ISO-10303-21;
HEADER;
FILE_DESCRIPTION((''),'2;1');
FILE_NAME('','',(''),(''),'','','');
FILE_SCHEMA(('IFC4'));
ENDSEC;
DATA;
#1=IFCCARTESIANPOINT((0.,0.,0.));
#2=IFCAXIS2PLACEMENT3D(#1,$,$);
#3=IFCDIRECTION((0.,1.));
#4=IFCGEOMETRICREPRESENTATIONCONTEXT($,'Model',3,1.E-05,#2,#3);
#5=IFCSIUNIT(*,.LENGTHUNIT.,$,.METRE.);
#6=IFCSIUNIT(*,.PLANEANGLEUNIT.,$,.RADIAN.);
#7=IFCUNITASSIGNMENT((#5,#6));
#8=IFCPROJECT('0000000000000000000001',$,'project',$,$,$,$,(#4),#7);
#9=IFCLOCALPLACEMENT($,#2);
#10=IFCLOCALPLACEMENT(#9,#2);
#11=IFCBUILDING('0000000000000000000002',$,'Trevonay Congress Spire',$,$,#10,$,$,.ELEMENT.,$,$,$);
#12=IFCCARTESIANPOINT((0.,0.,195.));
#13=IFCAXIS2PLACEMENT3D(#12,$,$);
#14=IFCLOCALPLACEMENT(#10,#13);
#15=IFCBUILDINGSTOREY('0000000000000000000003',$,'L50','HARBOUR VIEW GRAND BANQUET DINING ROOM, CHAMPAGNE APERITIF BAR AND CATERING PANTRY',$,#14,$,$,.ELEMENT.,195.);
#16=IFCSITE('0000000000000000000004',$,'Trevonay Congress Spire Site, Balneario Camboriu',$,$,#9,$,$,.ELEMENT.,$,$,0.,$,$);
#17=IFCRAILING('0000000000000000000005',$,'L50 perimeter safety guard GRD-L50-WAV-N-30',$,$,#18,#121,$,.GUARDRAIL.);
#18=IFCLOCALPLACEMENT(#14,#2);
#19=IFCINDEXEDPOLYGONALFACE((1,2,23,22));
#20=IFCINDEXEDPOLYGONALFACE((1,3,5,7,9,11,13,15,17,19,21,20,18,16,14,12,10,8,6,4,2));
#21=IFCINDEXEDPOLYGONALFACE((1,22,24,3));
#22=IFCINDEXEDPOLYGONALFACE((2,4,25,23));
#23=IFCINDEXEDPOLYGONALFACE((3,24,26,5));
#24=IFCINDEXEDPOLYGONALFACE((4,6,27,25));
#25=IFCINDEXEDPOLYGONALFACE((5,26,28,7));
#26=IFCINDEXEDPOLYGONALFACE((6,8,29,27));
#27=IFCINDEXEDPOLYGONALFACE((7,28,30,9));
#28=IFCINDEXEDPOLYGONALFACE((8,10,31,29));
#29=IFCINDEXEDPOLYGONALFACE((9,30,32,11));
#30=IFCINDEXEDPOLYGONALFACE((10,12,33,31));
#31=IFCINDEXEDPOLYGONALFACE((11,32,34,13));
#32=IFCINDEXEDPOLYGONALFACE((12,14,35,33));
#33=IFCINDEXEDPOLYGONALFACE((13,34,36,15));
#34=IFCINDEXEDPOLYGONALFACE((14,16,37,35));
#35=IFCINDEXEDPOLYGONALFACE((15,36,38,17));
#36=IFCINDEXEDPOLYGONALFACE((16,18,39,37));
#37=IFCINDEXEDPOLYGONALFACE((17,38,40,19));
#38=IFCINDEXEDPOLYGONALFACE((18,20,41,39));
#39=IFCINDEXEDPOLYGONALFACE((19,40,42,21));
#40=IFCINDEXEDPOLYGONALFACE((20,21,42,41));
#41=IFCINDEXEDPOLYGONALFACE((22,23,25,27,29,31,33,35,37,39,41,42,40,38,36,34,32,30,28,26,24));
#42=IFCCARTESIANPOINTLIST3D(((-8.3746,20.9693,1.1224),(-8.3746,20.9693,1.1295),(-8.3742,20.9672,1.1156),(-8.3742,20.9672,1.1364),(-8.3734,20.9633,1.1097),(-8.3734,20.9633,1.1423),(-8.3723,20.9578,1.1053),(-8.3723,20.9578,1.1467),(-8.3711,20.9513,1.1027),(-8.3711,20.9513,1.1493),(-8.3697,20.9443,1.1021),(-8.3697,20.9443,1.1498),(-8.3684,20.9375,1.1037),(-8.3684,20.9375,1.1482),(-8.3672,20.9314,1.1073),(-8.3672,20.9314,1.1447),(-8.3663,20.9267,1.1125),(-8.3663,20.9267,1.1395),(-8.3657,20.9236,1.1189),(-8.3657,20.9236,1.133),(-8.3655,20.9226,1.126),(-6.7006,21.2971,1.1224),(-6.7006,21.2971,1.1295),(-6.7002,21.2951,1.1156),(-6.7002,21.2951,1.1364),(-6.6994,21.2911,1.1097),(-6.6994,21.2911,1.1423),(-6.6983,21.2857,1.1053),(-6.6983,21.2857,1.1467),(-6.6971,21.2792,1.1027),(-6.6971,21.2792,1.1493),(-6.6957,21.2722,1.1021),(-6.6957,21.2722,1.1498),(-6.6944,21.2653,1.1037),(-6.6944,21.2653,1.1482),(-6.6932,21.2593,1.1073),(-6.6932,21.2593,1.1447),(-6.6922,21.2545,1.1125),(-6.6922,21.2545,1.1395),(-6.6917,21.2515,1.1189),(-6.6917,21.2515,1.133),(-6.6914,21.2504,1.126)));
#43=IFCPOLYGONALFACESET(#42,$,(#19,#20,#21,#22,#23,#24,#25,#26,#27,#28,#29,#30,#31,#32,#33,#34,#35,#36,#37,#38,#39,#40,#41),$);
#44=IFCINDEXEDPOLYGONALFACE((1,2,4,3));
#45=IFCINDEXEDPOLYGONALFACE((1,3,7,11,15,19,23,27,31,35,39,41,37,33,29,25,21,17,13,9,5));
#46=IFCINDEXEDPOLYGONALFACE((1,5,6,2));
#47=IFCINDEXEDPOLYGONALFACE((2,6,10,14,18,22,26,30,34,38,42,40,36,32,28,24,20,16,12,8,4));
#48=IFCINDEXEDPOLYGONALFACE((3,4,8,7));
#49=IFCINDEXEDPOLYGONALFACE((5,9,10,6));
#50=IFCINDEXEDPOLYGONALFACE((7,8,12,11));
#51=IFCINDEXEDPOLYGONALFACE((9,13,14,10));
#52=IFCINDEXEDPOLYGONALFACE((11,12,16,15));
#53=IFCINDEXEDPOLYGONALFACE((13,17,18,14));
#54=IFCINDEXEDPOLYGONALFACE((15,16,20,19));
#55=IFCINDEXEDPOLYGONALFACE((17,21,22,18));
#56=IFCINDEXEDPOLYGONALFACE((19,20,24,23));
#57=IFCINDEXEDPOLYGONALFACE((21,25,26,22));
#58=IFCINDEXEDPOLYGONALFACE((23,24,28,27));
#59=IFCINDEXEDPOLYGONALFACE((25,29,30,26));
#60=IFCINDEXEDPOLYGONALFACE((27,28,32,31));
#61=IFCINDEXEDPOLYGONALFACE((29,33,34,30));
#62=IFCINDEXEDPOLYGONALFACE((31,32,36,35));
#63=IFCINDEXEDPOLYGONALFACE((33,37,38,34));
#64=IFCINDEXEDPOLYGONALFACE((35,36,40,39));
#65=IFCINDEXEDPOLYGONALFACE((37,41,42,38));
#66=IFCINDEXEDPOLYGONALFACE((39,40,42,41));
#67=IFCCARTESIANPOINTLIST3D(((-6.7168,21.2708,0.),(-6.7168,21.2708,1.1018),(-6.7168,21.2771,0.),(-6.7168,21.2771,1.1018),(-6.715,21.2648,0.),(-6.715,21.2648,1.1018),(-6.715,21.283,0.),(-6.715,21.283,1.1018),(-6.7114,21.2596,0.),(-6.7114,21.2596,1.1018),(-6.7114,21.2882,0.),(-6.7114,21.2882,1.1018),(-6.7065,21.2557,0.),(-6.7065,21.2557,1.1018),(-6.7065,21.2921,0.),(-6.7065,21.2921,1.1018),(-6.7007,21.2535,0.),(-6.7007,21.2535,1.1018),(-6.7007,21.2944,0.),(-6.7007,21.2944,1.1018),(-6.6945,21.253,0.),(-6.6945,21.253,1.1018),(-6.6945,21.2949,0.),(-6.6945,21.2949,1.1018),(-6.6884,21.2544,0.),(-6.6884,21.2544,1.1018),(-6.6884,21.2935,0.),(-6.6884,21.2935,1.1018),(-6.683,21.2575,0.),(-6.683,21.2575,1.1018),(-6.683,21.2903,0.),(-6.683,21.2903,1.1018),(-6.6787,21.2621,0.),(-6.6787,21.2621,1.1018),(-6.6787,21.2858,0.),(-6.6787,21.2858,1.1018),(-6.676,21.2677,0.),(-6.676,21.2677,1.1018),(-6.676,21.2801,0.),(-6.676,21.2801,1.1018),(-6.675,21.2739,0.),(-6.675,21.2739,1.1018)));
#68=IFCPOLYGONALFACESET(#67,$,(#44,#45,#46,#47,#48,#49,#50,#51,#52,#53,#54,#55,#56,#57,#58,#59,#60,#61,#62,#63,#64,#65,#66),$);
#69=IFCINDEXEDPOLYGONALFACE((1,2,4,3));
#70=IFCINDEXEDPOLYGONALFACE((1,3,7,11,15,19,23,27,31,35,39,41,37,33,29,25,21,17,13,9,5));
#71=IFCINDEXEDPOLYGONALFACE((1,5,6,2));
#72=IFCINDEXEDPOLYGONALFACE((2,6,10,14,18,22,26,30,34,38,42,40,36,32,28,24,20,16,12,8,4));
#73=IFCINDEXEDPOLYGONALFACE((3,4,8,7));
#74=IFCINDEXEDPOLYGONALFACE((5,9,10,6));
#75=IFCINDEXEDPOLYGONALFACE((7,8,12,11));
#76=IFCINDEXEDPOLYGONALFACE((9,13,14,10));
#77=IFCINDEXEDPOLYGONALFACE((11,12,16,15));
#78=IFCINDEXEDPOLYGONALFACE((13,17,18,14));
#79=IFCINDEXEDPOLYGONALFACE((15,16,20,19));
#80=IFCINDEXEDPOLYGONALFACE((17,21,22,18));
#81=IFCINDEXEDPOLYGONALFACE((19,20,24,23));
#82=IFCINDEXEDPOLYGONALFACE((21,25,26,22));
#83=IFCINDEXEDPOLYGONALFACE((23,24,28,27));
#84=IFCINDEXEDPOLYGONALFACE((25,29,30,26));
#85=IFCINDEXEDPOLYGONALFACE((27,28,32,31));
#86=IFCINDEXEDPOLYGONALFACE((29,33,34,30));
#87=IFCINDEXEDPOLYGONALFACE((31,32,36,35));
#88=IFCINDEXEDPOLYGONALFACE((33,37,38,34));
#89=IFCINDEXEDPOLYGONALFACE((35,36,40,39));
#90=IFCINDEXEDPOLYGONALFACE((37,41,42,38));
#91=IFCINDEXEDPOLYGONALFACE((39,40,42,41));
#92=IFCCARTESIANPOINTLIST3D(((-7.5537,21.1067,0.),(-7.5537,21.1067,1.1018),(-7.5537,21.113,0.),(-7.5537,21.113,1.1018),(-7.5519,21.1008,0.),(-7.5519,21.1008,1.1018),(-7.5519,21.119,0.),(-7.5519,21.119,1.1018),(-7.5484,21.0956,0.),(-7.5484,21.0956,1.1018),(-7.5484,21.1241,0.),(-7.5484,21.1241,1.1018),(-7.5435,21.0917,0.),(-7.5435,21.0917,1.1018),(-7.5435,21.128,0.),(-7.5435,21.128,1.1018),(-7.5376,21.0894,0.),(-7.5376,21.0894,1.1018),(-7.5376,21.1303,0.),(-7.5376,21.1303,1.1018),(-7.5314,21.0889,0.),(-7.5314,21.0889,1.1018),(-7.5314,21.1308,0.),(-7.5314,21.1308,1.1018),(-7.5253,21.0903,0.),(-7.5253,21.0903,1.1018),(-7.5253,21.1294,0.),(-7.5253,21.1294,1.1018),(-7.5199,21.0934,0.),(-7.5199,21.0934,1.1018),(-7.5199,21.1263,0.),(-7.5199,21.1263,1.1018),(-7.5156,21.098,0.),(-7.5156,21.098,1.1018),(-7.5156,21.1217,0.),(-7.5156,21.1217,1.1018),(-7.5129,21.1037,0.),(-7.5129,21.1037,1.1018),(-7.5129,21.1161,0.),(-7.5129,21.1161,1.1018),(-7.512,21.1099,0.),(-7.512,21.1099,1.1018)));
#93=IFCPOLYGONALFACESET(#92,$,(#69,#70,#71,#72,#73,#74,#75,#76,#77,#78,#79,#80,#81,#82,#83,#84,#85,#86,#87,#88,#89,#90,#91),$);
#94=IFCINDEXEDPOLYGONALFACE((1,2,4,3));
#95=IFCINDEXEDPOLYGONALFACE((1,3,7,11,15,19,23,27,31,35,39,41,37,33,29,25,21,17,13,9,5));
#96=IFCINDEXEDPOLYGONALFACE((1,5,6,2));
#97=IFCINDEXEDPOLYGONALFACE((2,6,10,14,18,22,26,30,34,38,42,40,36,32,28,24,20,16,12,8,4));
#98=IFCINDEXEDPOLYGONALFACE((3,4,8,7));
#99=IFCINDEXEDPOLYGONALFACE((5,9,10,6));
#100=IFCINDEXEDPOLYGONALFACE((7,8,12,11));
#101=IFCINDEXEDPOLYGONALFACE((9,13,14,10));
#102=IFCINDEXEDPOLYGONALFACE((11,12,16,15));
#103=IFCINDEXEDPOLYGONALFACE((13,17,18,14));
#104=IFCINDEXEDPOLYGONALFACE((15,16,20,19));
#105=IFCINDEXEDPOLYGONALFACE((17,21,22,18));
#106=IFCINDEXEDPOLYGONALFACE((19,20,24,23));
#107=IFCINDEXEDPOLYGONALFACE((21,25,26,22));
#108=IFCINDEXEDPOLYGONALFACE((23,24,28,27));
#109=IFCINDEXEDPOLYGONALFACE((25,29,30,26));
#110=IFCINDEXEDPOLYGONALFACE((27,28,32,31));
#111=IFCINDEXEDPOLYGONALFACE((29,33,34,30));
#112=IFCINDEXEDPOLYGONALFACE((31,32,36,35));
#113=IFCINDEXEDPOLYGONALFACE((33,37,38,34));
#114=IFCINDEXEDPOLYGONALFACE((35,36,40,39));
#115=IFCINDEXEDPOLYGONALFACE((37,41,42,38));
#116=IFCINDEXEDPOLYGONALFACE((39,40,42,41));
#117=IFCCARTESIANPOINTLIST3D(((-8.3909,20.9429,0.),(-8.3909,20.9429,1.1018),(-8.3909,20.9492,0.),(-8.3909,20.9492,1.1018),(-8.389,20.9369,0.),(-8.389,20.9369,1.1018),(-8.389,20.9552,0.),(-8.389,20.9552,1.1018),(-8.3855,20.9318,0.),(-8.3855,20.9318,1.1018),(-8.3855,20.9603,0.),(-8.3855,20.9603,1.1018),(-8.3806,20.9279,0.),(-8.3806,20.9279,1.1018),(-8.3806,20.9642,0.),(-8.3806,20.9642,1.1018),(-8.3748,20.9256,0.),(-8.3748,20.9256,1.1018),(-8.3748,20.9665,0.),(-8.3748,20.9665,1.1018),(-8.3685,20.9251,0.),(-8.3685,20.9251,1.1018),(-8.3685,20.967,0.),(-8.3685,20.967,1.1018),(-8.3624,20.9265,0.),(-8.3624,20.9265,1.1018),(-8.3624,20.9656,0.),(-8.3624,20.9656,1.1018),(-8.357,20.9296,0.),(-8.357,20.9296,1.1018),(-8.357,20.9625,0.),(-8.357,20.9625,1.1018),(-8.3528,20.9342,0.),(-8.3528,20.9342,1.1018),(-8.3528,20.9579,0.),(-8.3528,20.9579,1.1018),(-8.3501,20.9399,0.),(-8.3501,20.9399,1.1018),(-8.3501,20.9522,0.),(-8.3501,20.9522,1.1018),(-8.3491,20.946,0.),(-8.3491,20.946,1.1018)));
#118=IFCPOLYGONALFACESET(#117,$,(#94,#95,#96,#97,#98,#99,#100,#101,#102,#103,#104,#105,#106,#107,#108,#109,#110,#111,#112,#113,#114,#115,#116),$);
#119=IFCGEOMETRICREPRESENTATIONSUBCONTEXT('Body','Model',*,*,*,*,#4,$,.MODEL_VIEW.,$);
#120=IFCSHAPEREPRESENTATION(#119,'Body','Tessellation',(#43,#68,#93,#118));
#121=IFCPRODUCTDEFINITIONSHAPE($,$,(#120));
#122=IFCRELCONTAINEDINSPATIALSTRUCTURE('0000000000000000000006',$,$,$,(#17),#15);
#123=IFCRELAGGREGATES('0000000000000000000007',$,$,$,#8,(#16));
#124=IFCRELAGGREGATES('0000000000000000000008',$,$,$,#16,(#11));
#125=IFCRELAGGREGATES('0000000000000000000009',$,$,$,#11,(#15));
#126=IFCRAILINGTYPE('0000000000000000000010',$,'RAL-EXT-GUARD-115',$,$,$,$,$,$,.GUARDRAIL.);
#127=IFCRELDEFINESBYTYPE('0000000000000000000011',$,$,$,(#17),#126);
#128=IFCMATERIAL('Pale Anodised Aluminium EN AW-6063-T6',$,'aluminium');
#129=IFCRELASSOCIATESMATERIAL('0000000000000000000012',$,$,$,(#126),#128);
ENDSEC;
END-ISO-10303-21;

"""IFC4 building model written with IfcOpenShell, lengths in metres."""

from ifc_helpers import new_model, si_unit, direction, frame, origin, origin_2d, place, context, subcontext, project, spatial, circle, extrude, material, type_object, element, save


model = new_model("IFC4")

# Units and contexts
model_context = context("Model", 3, precision=1e-05, world=origin(), true_north=direction((0.0, 1.0)))
body_context = subcontext(model_context, "Body", "Model", "MODEL_VIEW")
ifc_project = project(units=[si_unit("LENGTHUNIT", "METRE"), si_unit("PLANEANGLEUNIT", "RADIAN")], contexts=[model_context])

# Site, building, storey
site_placement = place(None, origin())
site = spatial("IfcSite", under=ifc_project, at=site_placement, Name="Trevonay Congress Spire Site, Balneario Camboriu", CompositionType="ELEMENT", RefElevation=0.0)
building_placement = place(site_placement, origin())
building = spatial("IfcBuilding", under=site, at=building_placement, Name="Trevonay Congress Spire", CompositionType="ELEMENT")
storey_placement = place(building_placement, frame((0.0, 0.0, 195.0)))
storey = spatial("IfcBuildingStorey", under=building, at=storey_placement, Name="L50", Description="HARBOUR VIEW GRAND BANQUET DINING ROOM, CHAMPAGNE APERITIF BAR AND CATERING PANTRY", CompositionType="ELEMENT", Elevation=195.0)

# Shared definitions
ifc_material_1 = material(Name="Pale Anodised Aluminium EN AW-6063-T6", Category="aluminium")

# Railing
railing_type = type_object("IfcRailingType", Name="RAL-EXT-GUARD-115", PredefinedType="GUARDRAIL", material=ifc_material_1)
railing_1_placement = place(storey_placement, frame((-6.696, 21.2739, 0.0)))
element("IfcRailing", 1, at=railing_1_placement, inside=storey, type_object=railing_type, Name="L50 perimeter safety guard GRD-L50-WAV-N-30", PredefinedType="GUARDRAIL", context=body_context, shape_type="SweptSolid", body=[
    extrude(circle(Radius=0.0239, at=origin_2d()), frame((0.0, 0.0, 1.126), z_axis=(-0.981355, -0.192206, 0.0), x_axis=(0.192206, -0.981355, 0.0)), (0.0, 0.0, 1.0), 1.7058),
    extrude(circle(Radius=0.021, at=origin_2d()), origin(), (0.0, 0.0, 1.0), 1.1018),
    extrude(circle(Radius=0.021, at=origin_2d()), frame((-0.8369, -0.1641, 0.0)), (0.0, 0.0, 1.0), 1.1018),
    extrude(circle(Radius=0.021, at=origin_2d()), frame((-1.6741, -0.3279, 0.0)), (0.0, 0.0, 1.0), 1.1018),
])

save(model, "model.ifc")
